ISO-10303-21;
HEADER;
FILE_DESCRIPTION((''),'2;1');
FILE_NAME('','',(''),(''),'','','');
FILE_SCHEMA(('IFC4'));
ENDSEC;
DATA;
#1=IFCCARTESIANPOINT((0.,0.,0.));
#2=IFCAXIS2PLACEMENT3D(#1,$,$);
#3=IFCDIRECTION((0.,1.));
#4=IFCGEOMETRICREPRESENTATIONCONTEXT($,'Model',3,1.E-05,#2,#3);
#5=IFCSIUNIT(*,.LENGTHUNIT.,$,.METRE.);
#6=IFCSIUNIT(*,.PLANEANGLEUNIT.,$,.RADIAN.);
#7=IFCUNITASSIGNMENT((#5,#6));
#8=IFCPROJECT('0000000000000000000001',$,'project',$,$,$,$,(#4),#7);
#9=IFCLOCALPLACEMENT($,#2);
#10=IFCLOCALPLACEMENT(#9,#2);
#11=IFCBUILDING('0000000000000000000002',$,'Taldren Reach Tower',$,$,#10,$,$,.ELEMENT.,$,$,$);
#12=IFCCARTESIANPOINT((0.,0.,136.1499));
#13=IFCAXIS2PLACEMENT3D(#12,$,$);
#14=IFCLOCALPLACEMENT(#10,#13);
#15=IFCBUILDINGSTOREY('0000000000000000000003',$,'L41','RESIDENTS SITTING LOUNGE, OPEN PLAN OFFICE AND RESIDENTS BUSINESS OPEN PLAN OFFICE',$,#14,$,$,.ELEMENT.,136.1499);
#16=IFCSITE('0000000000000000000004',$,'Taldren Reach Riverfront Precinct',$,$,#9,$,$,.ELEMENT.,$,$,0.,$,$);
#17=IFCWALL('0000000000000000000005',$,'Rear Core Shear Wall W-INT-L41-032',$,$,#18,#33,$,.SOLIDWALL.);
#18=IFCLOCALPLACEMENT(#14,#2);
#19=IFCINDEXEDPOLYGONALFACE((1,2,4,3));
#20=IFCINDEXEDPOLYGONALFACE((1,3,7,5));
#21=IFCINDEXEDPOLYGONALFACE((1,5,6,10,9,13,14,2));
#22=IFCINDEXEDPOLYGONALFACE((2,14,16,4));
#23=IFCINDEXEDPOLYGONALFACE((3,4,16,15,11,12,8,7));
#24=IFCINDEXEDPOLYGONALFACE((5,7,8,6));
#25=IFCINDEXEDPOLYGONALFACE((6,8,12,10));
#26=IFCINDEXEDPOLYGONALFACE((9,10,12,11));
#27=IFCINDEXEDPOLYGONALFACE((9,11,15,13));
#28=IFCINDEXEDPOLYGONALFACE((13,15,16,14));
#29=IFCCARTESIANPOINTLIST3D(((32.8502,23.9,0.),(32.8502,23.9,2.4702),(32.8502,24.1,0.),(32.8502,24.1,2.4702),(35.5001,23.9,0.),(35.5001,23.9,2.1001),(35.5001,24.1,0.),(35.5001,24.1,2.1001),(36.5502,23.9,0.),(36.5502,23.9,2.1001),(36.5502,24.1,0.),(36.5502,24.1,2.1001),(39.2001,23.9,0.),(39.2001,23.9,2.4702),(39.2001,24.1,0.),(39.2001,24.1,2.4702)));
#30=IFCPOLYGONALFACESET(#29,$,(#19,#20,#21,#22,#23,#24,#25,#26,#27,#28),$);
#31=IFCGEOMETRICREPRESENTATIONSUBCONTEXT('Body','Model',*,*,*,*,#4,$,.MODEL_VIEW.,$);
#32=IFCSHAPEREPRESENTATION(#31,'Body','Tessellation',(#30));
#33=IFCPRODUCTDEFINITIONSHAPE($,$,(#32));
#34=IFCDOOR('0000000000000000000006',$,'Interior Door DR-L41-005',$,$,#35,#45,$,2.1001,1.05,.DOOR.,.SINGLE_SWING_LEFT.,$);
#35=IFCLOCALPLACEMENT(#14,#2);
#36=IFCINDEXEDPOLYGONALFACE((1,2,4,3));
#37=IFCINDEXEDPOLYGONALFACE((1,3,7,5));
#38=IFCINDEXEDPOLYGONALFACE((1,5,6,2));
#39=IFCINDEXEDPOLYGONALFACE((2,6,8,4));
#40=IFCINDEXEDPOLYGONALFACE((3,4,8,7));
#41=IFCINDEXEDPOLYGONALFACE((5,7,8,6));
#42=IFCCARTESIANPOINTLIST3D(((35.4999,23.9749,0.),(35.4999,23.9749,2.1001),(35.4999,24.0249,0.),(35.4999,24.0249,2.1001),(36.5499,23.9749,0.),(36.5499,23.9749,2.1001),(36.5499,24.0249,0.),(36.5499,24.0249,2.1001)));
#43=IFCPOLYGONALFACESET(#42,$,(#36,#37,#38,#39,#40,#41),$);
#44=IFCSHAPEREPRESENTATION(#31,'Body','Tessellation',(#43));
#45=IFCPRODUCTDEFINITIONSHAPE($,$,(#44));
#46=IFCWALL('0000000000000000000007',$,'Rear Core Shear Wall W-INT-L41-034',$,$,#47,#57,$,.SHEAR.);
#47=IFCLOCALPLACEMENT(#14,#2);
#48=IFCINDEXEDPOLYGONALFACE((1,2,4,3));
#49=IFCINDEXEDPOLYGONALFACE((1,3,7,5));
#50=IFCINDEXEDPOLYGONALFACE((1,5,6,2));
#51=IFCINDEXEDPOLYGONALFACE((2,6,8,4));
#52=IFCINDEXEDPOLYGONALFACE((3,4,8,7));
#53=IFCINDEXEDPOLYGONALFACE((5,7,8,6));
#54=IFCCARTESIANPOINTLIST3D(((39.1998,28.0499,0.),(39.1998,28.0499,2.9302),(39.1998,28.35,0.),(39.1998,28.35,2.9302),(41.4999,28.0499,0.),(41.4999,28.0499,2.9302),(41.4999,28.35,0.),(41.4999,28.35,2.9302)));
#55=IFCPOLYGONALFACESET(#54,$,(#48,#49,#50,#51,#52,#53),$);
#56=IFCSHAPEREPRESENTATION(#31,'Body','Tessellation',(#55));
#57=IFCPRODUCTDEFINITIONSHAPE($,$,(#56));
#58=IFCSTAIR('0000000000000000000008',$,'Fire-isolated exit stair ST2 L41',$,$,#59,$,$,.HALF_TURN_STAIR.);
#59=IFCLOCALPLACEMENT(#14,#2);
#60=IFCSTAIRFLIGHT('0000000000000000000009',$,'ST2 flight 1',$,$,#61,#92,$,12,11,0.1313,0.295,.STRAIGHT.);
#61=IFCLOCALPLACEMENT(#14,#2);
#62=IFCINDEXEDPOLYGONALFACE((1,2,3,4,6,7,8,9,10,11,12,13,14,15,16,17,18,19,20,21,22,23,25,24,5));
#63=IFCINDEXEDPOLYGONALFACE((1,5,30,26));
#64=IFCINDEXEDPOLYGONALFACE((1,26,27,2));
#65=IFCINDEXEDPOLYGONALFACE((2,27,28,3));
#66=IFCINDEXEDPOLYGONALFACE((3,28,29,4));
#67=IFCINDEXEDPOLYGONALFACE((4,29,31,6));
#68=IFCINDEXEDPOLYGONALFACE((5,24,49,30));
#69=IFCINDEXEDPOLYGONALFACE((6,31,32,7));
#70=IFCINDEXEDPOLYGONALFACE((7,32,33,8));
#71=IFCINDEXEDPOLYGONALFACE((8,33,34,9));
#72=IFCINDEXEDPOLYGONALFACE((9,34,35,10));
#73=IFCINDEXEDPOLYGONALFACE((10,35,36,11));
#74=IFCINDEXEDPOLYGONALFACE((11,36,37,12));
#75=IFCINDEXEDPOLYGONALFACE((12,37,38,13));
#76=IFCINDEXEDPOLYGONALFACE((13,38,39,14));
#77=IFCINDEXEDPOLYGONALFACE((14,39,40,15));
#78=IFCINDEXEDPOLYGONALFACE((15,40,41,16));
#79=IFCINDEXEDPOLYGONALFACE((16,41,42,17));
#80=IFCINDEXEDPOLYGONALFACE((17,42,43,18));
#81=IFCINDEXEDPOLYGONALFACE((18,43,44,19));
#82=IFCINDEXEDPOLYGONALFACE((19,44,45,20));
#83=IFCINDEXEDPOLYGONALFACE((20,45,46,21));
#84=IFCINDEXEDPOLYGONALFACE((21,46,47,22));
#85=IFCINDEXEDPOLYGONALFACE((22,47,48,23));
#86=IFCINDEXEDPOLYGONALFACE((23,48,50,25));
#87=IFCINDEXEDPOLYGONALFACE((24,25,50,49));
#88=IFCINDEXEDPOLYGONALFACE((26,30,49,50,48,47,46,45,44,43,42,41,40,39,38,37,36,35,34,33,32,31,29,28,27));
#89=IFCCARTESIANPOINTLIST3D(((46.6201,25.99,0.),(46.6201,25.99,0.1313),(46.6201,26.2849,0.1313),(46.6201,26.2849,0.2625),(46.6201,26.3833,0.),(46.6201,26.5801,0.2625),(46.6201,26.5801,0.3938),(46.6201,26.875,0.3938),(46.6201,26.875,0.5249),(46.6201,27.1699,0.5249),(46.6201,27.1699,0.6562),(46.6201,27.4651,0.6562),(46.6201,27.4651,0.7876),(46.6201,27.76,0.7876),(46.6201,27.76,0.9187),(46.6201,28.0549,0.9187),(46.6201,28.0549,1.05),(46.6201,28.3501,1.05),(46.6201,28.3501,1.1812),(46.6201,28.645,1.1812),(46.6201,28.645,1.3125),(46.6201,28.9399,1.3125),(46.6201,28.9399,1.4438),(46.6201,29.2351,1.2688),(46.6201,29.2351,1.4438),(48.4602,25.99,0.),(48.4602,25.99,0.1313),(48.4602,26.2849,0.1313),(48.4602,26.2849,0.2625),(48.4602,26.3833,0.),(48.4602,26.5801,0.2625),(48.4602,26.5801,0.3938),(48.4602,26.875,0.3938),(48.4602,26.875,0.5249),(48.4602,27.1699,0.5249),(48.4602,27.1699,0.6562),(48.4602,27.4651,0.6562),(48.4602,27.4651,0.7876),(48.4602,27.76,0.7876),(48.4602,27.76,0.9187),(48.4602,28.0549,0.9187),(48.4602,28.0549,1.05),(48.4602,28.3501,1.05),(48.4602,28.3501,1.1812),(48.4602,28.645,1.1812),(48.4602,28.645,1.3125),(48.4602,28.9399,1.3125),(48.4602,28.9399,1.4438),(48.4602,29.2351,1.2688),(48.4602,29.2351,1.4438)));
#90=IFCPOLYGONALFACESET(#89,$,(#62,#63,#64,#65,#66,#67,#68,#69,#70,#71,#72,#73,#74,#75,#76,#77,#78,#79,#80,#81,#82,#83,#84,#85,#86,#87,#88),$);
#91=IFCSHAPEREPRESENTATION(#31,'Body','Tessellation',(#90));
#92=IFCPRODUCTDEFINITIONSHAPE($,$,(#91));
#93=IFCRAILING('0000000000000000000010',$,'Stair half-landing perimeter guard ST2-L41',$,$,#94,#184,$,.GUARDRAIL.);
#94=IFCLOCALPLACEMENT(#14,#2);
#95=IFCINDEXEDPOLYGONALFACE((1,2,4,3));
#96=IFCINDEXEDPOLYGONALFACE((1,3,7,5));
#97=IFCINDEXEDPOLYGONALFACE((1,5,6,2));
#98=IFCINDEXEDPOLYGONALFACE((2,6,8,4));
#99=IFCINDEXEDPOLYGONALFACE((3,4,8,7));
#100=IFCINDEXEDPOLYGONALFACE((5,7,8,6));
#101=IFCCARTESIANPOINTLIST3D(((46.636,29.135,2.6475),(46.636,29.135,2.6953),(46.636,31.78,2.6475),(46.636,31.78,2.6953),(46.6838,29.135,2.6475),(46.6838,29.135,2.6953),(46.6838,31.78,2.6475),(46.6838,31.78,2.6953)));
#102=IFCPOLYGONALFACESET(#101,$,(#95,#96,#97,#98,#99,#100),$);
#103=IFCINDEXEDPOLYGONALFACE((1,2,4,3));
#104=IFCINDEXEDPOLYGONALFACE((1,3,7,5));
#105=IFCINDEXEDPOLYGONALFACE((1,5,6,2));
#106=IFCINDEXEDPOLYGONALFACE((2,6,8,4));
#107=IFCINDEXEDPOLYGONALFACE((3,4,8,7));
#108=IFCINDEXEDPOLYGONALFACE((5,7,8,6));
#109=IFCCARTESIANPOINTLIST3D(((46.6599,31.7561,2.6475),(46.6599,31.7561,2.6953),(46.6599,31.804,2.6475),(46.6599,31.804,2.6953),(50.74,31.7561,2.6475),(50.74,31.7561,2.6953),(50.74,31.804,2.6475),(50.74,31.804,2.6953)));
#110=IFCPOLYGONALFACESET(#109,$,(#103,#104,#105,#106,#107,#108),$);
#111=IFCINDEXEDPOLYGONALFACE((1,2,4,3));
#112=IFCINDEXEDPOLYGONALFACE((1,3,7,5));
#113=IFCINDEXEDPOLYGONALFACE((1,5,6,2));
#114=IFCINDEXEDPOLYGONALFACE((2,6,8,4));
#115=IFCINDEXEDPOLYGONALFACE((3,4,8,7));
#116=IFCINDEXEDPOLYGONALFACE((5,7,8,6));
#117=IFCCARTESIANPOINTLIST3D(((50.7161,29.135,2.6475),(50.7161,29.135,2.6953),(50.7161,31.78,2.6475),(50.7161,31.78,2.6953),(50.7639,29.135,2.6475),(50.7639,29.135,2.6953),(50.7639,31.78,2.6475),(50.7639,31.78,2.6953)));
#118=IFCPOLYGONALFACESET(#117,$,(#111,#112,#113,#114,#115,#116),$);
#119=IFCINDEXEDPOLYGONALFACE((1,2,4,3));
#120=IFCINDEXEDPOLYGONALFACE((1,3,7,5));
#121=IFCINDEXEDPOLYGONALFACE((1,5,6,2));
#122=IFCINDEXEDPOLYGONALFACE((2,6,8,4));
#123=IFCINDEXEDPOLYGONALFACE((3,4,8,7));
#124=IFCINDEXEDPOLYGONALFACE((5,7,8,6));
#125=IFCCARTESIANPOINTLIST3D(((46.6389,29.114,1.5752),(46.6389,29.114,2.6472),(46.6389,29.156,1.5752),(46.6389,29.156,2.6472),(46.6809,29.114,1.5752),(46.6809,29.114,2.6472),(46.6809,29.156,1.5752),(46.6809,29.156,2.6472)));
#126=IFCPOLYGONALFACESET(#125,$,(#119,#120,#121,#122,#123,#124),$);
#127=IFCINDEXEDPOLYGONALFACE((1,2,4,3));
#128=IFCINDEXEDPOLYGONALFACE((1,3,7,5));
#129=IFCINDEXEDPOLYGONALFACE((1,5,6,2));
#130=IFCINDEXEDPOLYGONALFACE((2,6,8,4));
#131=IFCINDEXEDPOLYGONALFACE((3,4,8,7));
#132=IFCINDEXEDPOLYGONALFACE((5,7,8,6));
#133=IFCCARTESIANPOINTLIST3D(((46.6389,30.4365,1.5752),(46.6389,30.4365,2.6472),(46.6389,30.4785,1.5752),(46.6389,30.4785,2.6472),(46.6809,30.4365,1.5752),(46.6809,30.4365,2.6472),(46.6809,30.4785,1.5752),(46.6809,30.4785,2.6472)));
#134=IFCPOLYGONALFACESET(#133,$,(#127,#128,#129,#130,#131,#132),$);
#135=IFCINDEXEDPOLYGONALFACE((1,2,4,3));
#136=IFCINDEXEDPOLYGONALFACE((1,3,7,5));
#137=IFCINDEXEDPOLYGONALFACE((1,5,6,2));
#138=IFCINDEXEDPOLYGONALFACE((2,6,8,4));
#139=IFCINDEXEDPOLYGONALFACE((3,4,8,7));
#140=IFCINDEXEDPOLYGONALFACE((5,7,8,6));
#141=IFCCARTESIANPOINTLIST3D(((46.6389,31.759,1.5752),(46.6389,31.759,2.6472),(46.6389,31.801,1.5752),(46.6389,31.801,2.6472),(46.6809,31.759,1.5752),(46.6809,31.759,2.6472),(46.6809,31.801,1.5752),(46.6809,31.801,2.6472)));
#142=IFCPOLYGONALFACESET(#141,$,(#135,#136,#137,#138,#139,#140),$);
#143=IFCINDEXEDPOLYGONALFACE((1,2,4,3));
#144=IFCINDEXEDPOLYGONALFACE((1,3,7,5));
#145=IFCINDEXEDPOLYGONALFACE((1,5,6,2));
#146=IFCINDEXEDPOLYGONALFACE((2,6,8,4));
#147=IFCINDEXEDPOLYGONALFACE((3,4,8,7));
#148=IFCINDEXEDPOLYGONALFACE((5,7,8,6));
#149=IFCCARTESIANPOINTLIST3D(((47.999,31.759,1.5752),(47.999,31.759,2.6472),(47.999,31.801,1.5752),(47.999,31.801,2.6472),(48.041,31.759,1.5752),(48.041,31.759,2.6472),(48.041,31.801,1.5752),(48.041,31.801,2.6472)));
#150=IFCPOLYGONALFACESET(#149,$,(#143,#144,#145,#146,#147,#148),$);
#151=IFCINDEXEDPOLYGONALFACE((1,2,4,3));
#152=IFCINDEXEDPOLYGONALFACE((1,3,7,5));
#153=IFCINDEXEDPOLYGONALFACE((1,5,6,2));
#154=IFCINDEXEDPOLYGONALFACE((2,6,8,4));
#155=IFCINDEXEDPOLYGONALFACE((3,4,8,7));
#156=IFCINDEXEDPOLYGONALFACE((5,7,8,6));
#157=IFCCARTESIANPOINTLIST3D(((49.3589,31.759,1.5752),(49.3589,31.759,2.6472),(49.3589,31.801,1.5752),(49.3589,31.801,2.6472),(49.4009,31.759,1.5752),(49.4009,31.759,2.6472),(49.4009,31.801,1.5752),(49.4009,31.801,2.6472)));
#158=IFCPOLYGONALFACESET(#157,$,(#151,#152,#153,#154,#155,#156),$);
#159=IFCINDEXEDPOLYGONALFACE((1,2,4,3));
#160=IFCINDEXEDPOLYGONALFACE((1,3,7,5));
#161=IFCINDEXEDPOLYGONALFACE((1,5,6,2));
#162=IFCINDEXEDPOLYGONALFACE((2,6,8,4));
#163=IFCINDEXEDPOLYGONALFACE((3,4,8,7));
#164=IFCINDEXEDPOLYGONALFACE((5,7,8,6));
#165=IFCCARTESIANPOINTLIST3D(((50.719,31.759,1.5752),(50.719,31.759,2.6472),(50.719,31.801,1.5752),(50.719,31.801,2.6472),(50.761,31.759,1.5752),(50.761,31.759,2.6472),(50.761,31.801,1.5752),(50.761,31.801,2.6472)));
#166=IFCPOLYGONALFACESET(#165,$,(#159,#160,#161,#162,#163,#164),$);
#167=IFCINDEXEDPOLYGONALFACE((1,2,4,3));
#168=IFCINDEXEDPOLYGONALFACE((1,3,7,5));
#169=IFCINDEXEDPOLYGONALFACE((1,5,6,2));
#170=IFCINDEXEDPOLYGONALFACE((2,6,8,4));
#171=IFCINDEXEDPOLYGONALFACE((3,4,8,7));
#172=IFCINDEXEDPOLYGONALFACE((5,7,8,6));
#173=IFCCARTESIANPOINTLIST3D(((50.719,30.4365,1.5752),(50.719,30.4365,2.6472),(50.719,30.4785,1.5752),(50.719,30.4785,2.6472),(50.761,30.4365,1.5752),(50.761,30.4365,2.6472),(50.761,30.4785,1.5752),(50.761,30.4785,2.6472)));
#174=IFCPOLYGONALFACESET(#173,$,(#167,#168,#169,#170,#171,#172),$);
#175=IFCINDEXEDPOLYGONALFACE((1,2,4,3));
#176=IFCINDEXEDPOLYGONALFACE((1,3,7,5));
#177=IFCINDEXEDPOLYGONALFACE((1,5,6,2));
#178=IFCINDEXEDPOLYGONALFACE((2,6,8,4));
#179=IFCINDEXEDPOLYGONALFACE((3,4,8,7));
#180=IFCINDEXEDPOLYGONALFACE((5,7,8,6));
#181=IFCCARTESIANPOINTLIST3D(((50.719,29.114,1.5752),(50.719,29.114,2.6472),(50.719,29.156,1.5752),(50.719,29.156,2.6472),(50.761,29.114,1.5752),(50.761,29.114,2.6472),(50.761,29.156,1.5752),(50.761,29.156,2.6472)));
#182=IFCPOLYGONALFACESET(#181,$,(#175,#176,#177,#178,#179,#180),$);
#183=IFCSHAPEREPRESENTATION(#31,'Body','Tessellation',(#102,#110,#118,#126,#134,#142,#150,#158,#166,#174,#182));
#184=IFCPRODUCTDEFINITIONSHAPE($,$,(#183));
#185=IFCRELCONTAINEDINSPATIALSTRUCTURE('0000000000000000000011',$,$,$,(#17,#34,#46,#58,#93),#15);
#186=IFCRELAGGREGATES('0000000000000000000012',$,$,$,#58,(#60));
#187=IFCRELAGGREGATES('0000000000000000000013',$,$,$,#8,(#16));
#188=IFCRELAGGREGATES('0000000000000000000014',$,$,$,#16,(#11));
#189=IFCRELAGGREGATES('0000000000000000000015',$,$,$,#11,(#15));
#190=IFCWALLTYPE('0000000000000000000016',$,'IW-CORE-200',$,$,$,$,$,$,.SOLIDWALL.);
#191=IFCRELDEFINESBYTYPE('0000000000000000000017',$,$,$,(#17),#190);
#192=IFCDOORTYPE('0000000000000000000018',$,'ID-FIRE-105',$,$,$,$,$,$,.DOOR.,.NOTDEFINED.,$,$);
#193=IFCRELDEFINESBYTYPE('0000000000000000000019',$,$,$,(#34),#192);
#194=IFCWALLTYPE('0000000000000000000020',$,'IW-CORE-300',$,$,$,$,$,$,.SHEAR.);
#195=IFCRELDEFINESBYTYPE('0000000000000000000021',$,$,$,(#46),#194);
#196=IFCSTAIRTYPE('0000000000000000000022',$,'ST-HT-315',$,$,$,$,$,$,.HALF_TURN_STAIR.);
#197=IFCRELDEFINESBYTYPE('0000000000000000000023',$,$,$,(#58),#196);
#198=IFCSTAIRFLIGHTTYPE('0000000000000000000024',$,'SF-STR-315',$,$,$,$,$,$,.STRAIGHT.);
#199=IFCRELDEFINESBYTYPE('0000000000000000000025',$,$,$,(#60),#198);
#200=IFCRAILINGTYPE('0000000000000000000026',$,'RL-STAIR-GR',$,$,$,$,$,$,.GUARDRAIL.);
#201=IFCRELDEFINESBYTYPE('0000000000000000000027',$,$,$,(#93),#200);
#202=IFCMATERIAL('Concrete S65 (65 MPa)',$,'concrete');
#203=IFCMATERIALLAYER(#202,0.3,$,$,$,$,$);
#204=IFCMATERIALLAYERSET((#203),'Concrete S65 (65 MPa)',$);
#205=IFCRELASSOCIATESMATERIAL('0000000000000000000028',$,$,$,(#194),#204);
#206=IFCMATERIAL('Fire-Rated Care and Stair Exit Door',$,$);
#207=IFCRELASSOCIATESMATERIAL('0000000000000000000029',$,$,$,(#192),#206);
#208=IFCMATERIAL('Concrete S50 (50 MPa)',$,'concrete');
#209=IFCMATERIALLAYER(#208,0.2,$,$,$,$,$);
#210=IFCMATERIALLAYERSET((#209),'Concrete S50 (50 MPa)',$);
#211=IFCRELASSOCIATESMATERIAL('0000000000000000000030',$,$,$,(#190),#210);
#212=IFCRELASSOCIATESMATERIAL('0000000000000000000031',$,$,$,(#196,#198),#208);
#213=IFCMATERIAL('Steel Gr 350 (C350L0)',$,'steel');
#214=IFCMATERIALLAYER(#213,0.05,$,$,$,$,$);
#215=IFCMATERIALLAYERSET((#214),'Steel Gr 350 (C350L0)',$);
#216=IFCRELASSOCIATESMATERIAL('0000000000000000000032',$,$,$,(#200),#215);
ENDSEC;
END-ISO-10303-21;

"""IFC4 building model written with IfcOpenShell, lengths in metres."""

from ifc_helpers import new_model, si_unit, direction, frame, frame_2d, origin, origin_2d, place, context, subcontext, project, spatial, polyline, rectangle, outline, extrude, source, transform, mapped, material, layer, layer_set, type_object, element, fill, aggregate, save


model = new_model("IFC4")

# Units and contexts
model_context = context("Model", 3, precision=1e-05, world=origin(), true_north=direction((0.0, 1.0)))
body_context = subcontext(model_context, "Body", "Model", "MODEL_VIEW")
ifc_project = project(units=[si_unit("LENGTHUNIT", "METRE"), si_unit("PLANEANGLEUNIT", "RADIAN")], contexts=[model_context])

# Site, building, storey
site_placement = place(None, origin())
site = spatial("IfcSite", under=ifc_project, at=site_placement, Name="Taldren Reach Riverfront Precinct", CompositionType="ELEMENT", RefElevation=0.0)
building_placement = place(site_placement, origin())
building = spatial("IfcBuilding", under=site, at=building_placement, Name="Taldren Reach Tower", CompositionType="ELEMENT")
storey_placement = place(building_placement, frame((0.0, 0.0, 136.1499)))
storey = spatial("IfcBuildingStorey", under=building, at=storey_placement, Name="L41", Description="RESIDENTS SITTING LOUNGE, OPEN PLAN OFFICE AND RESIDENTS BUSINESS OPEN PLAN OFFICE", CompositionType="ELEMENT", Elevation=136.1499)

# Shared definitions
ifc_material_1 = material(Name="Steel Gr 350 (C350L0)", Category="steel")

# Shared definitions
ifc_material_2 = material(Name="Concrete S65 (65 MPa)", Category="concrete")
ifc_layer_1 = layer(ifc_material_2, 0.3)
ifc_layer_set_1 = layer_set([ifc_layer_1], Name="Concrete S65 (65 MPa)")
wall_type_1 = type_object("IfcWallType", Name="IW-CORE-300", PredefinedType="SHEAR", material=ifc_layer_set_1)

# Shared definitions
ifc_material_3 = material(Name="Fire-Rated Care and Stair Exit Door")
door_type_1 = type_object("IfcDoorType", Name="ID-FIRE-105", OperationType="NOTDEFINED", PredefinedType="DOOR", material=ifc_material_3)
shared_shape_1 = source(origin(), body_context, "Body", "SweptSolid", [
    extrude(rectangle(XDim=1.05, YDim=2.1001, at=frame_2d((0.5249, 1.05))), frame((0.0, 0.0249, 0.0), z_axis=(0.0, -1.0, 0.0), x_axis=(1.0, 0.0, 0.0)), (0.0, 0.0, 1.0), 0.05),
])

# Shared definitions
ifc_material_4 = material(Name="Concrete S50 (50 MPa)", Category="concrete")
ifc_layer_2 = layer(ifc_material_4, 0.2)
ifc_layer_set_2 = layer_set([ifc_layer_2], Name="Concrete S50 (50 MPa)")
wall_type_2 = type_object("IfcWallType", Name="IW-CORE-200", PredefinedType="SOLIDWALL", material=ifc_layer_set_2)

# Shared definitions
shared_shape_2 = source(origin(), body_context, "Body", "SweptSolid", [
    extrude(rectangle(XDim=1.05, YDim=2.1001, at=frame_2d((0.5249, 1.05))), frame((0.0, 0.1099, 0.0), z_axis=(0.0, -1.0, 0.0), x_axis=(1.0, 0.0, 0.0)), (0.0, 0.0, 1.0), 0.22),
])

# Wall, opening, door
shared_shape_3 = source(origin(), body_context, "Body", "SweptSolid", [
    extrude(rectangle(XDim=6.3499, YDim=0.2, at=frame_2d((3.1748, 0.0))), origin(), (0.0, 0.0, 1.0), 2.4702),
])
wall_1_placement = place(storey_placement, frame((39.2, 24.0, 0.0), z_axis=(0.0, 0.0, 1.0), x_axis=(-1.0, 0.0, 0.0)))
wall_1 = element("IfcWall", 1, at=wall_1_placement, inside=storey, type_object=wall_type_2, Name="Rear Core Shear Wall W-INT-L41-032", PredefinedType="SOLIDWALL", context=body_context, shape_type="MappedRepresentation", body=[
    mapped(shared_shape_3, transform((0.0, 0.0, 0.0), scale=1.0)),
])
opening_1_placement = place(wall_1_placement, frame((2.6499, 0.0, 0.0)))
opening_1 = element("IfcOpeningElement", 2, at=opening_1_placement, cuts=wall_1, PredefinedType="OPENING", context=body_context, shape_type="MappedRepresentation", body=[
    mapped(shared_shape_2, transform((0.0, 0.0, 0.0), scale=1.0)),
])
door_1_placement = place(opening_1_placement, frame((1.05, 0.0, 0.0), z_axis=(0.0, 0.0, 1.0), x_axis=(-1.0, 0.0, 0.0)))
door_1 = element("IfcDoor", 3, at=door_1_placement, inside=storey, type_object=door_type_1, Name="Interior Door DR-L41-005", OperationType="SINGLE_SWING_LEFT", OverallHeight=2.1001, OverallWidth=1.05, PredefinedType="DOOR", context=body_context, shape_type="MappedRepresentation", body=[
    mapped(shared_shape_1, transform((0.0, 0.0, 0.0), scale=1.0)),
])
fill(opening_1, door_1)

# Wall
shared_shape_4 = source(origin(), body_context, "Body", "SweptSolid", [
    extrude(rectangle(XDim=2.3, YDim=0.3, at=frame_2d((1.1499, 0.0))), origin(), (0.0, 0.0, 1.0), 2.9302),
])
wall_2_placement = place(storey_placement, frame((39.2, 28.2, 0.0), z_axis=(0.0, 0.0, 1.0), x_axis=(1.0, 0.0, 0.0)))
element("IfcWall", 4, at=wall_2_placement, inside=storey, type_object=wall_type_1, Name="Rear Core Shear Wall W-INT-L41-034", PredefinedType="SHEAR", context=body_context, shape_type="MappedRepresentation", body=[
    mapped(shared_shape_4, transform((0.0, 0.0, 0.0), scale=1.0)),
])

# Stair, stair flight
stair_type = type_object("IfcStairType", Name="ST-HT-315", PredefinedType="HALF_TURN_STAIR", material=ifc_material_4)
stair_placement = place(storey_placement, origin())
stair = element("IfcStair", 5, at=stair_placement, inside=storey, type_object=stair_type, Name="Fire-isolated exit stair ST2 L41", PredefinedType="HALF_TURN_STAIR")
stair_flight_type = type_object("IfcStairFlightType", Name="SF-STR-315", PredefinedType="STRAIGHT", material=ifc_material_4)
stair_flight_placement = place(storey_placement, frame((47.54, 25.99, 0.0), z_axis=(0.0, 0.0, 1.0), x_axis=(0.0, 1.0, 0.0)))
stair_flight = element("IfcStairFlight", 6, at=stair_flight_placement, type_object=stair_flight_type, Name="ST2 flight 1", NumberOfRisers=12, NumberOfTreads=11, PredefinedType="STRAIGHT", RiserHeight=0.1313, TreadLength=0.295, context=body_context, shape_type="SweptSolid", body=[
    extrude(outline(polyline([(0.0, 0.0), (0.0, 0.1313), (0.2949, 0.1313), (0.2949, 0.2625), (0.5901, 0.2625), (0.5901, 0.3938), (0.885, 0.3938), (0.885, 0.5249), (1.1799, 0.5249), (1.1799, 0.6562), (1.4751, 0.6562), (1.4751, 0.7876), (1.77, 0.7876), (1.77, 0.9187), (2.0649, 0.9187), (2.0649, 1.05), (2.3601, 1.05), (2.3601, 1.1812), (2.655, 1.1812), (2.655, 1.3125), (2.95, 1.3125), (2.95, 1.4438), (3.2451, 1.4438), (3.2451, 1.575), (3.2451, 1.2688), (0.3933, 0.0), (0.0, 0.0)])), frame((0.0, 0.9199, 0.0), z_axis=(0.0, -1.0, 0.0), x_axis=(1.0, 0.0, 0.0)), (0.0, 0.0, 1.0), 1.8401),
])
aggregate(stair, [stair_flight])

# Railing
ifc_layer_3 = layer(ifc_material_1, 0.05)
ifc_layer_set_3 = layer_set([ifc_layer_3], Name="Steel Gr 350 (C350L0)")
railing_type_1 = type_object("IfcRailingType", Name="RL-STAIR-GR", PredefinedType="GUARDRAIL", material=ifc_layer_set_3)
railing_1_placement = place(storey_placement, frame((46.6599, 29.135, 1.5752)))
element("IfcRailing", 7, at=railing_1_placement, inside=storey, type_object=railing_type_1, Name="Stair half-landing perimeter guard ST2-L41", PredefinedType="GUARDRAIL", context=body_context, shape_type="SweptSolid", body=[
    extrude(rectangle(XDim=0.0479, YDim=0.0479, at=origin_2d()), frame((0.0, 0.0, 1.0962), z_axis=(0.0, 1.0, 0.0), x_axis=(-1.0, 0.0, 0.0)), (0.0, 0.0, 1.0), 2.645),
    extrude(rectangle(XDim=0.0479, YDim=0.0479, at=origin_2d()), frame((0.0, 2.645, 1.0962), z_axis=(1.0, 0.0, 0.0), x_axis=(0.0, 1.0, 0.0)), (0.0, 0.0, 1.0), 4.0801),
    extrude(rectangle(XDim=0.0479, YDim=0.0479, at=origin_2d()), frame((4.0801, 2.645, 1.0962), z_axis=(0.0, -1.0, 0.0), x_axis=(1.0, 0.0, 0.0)), (0.0, 0.0, 1.0), 2.645),
    extrude(rectangle(XDim=0.042, YDim=0.042, at=origin_2d()), origin(), (0.0, 0.0, 1.0), 1.072),
    extrude(rectangle(XDim=0.042, YDim=0.042, at=origin_2d()), frame((0.0, 1.3225, 0.0)), (0.0, 0.0, 1.0), 1.072),
    extrude(rectangle(XDim=0.042, YDim=0.042, at=origin_2d()), frame((0.0, 2.645, 0.0)), (0.0, 0.0, 1.0), 1.072),
    extrude(rectangle(XDim=0.042, YDim=0.042, at=origin_2d()), frame((1.3601, 2.645, 0.0)), (0.0, 0.0, 1.0), 1.072),
    extrude(rectangle(XDim=0.042, YDim=0.042, at=origin_2d()), frame((2.72, 2.645, 0.0)), (0.0, 0.0, 1.0), 1.072),
    extrude(rectangle(XDim=0.042, YDim=0.042, at=origin_2d()), frame((4.0801, 2.645, 0.0)), (0.0, 0.0, 1.0), 1.072),
    extrude(rectangle(XDim=0.042, YDim=0.042, at=origin_2d()), frame((4.0801, 1.3225, 0.0)), (0.0, 0.0, 1.0), 1.072),
    extrude(rectangle(XDim=0.042, YDim=0.042, at=origin_2d()), frame((4.0801, 0.0, 0.0)), (0.0, 0.0, 1.0), 1.072),
])

save(model, "model.ifc")
